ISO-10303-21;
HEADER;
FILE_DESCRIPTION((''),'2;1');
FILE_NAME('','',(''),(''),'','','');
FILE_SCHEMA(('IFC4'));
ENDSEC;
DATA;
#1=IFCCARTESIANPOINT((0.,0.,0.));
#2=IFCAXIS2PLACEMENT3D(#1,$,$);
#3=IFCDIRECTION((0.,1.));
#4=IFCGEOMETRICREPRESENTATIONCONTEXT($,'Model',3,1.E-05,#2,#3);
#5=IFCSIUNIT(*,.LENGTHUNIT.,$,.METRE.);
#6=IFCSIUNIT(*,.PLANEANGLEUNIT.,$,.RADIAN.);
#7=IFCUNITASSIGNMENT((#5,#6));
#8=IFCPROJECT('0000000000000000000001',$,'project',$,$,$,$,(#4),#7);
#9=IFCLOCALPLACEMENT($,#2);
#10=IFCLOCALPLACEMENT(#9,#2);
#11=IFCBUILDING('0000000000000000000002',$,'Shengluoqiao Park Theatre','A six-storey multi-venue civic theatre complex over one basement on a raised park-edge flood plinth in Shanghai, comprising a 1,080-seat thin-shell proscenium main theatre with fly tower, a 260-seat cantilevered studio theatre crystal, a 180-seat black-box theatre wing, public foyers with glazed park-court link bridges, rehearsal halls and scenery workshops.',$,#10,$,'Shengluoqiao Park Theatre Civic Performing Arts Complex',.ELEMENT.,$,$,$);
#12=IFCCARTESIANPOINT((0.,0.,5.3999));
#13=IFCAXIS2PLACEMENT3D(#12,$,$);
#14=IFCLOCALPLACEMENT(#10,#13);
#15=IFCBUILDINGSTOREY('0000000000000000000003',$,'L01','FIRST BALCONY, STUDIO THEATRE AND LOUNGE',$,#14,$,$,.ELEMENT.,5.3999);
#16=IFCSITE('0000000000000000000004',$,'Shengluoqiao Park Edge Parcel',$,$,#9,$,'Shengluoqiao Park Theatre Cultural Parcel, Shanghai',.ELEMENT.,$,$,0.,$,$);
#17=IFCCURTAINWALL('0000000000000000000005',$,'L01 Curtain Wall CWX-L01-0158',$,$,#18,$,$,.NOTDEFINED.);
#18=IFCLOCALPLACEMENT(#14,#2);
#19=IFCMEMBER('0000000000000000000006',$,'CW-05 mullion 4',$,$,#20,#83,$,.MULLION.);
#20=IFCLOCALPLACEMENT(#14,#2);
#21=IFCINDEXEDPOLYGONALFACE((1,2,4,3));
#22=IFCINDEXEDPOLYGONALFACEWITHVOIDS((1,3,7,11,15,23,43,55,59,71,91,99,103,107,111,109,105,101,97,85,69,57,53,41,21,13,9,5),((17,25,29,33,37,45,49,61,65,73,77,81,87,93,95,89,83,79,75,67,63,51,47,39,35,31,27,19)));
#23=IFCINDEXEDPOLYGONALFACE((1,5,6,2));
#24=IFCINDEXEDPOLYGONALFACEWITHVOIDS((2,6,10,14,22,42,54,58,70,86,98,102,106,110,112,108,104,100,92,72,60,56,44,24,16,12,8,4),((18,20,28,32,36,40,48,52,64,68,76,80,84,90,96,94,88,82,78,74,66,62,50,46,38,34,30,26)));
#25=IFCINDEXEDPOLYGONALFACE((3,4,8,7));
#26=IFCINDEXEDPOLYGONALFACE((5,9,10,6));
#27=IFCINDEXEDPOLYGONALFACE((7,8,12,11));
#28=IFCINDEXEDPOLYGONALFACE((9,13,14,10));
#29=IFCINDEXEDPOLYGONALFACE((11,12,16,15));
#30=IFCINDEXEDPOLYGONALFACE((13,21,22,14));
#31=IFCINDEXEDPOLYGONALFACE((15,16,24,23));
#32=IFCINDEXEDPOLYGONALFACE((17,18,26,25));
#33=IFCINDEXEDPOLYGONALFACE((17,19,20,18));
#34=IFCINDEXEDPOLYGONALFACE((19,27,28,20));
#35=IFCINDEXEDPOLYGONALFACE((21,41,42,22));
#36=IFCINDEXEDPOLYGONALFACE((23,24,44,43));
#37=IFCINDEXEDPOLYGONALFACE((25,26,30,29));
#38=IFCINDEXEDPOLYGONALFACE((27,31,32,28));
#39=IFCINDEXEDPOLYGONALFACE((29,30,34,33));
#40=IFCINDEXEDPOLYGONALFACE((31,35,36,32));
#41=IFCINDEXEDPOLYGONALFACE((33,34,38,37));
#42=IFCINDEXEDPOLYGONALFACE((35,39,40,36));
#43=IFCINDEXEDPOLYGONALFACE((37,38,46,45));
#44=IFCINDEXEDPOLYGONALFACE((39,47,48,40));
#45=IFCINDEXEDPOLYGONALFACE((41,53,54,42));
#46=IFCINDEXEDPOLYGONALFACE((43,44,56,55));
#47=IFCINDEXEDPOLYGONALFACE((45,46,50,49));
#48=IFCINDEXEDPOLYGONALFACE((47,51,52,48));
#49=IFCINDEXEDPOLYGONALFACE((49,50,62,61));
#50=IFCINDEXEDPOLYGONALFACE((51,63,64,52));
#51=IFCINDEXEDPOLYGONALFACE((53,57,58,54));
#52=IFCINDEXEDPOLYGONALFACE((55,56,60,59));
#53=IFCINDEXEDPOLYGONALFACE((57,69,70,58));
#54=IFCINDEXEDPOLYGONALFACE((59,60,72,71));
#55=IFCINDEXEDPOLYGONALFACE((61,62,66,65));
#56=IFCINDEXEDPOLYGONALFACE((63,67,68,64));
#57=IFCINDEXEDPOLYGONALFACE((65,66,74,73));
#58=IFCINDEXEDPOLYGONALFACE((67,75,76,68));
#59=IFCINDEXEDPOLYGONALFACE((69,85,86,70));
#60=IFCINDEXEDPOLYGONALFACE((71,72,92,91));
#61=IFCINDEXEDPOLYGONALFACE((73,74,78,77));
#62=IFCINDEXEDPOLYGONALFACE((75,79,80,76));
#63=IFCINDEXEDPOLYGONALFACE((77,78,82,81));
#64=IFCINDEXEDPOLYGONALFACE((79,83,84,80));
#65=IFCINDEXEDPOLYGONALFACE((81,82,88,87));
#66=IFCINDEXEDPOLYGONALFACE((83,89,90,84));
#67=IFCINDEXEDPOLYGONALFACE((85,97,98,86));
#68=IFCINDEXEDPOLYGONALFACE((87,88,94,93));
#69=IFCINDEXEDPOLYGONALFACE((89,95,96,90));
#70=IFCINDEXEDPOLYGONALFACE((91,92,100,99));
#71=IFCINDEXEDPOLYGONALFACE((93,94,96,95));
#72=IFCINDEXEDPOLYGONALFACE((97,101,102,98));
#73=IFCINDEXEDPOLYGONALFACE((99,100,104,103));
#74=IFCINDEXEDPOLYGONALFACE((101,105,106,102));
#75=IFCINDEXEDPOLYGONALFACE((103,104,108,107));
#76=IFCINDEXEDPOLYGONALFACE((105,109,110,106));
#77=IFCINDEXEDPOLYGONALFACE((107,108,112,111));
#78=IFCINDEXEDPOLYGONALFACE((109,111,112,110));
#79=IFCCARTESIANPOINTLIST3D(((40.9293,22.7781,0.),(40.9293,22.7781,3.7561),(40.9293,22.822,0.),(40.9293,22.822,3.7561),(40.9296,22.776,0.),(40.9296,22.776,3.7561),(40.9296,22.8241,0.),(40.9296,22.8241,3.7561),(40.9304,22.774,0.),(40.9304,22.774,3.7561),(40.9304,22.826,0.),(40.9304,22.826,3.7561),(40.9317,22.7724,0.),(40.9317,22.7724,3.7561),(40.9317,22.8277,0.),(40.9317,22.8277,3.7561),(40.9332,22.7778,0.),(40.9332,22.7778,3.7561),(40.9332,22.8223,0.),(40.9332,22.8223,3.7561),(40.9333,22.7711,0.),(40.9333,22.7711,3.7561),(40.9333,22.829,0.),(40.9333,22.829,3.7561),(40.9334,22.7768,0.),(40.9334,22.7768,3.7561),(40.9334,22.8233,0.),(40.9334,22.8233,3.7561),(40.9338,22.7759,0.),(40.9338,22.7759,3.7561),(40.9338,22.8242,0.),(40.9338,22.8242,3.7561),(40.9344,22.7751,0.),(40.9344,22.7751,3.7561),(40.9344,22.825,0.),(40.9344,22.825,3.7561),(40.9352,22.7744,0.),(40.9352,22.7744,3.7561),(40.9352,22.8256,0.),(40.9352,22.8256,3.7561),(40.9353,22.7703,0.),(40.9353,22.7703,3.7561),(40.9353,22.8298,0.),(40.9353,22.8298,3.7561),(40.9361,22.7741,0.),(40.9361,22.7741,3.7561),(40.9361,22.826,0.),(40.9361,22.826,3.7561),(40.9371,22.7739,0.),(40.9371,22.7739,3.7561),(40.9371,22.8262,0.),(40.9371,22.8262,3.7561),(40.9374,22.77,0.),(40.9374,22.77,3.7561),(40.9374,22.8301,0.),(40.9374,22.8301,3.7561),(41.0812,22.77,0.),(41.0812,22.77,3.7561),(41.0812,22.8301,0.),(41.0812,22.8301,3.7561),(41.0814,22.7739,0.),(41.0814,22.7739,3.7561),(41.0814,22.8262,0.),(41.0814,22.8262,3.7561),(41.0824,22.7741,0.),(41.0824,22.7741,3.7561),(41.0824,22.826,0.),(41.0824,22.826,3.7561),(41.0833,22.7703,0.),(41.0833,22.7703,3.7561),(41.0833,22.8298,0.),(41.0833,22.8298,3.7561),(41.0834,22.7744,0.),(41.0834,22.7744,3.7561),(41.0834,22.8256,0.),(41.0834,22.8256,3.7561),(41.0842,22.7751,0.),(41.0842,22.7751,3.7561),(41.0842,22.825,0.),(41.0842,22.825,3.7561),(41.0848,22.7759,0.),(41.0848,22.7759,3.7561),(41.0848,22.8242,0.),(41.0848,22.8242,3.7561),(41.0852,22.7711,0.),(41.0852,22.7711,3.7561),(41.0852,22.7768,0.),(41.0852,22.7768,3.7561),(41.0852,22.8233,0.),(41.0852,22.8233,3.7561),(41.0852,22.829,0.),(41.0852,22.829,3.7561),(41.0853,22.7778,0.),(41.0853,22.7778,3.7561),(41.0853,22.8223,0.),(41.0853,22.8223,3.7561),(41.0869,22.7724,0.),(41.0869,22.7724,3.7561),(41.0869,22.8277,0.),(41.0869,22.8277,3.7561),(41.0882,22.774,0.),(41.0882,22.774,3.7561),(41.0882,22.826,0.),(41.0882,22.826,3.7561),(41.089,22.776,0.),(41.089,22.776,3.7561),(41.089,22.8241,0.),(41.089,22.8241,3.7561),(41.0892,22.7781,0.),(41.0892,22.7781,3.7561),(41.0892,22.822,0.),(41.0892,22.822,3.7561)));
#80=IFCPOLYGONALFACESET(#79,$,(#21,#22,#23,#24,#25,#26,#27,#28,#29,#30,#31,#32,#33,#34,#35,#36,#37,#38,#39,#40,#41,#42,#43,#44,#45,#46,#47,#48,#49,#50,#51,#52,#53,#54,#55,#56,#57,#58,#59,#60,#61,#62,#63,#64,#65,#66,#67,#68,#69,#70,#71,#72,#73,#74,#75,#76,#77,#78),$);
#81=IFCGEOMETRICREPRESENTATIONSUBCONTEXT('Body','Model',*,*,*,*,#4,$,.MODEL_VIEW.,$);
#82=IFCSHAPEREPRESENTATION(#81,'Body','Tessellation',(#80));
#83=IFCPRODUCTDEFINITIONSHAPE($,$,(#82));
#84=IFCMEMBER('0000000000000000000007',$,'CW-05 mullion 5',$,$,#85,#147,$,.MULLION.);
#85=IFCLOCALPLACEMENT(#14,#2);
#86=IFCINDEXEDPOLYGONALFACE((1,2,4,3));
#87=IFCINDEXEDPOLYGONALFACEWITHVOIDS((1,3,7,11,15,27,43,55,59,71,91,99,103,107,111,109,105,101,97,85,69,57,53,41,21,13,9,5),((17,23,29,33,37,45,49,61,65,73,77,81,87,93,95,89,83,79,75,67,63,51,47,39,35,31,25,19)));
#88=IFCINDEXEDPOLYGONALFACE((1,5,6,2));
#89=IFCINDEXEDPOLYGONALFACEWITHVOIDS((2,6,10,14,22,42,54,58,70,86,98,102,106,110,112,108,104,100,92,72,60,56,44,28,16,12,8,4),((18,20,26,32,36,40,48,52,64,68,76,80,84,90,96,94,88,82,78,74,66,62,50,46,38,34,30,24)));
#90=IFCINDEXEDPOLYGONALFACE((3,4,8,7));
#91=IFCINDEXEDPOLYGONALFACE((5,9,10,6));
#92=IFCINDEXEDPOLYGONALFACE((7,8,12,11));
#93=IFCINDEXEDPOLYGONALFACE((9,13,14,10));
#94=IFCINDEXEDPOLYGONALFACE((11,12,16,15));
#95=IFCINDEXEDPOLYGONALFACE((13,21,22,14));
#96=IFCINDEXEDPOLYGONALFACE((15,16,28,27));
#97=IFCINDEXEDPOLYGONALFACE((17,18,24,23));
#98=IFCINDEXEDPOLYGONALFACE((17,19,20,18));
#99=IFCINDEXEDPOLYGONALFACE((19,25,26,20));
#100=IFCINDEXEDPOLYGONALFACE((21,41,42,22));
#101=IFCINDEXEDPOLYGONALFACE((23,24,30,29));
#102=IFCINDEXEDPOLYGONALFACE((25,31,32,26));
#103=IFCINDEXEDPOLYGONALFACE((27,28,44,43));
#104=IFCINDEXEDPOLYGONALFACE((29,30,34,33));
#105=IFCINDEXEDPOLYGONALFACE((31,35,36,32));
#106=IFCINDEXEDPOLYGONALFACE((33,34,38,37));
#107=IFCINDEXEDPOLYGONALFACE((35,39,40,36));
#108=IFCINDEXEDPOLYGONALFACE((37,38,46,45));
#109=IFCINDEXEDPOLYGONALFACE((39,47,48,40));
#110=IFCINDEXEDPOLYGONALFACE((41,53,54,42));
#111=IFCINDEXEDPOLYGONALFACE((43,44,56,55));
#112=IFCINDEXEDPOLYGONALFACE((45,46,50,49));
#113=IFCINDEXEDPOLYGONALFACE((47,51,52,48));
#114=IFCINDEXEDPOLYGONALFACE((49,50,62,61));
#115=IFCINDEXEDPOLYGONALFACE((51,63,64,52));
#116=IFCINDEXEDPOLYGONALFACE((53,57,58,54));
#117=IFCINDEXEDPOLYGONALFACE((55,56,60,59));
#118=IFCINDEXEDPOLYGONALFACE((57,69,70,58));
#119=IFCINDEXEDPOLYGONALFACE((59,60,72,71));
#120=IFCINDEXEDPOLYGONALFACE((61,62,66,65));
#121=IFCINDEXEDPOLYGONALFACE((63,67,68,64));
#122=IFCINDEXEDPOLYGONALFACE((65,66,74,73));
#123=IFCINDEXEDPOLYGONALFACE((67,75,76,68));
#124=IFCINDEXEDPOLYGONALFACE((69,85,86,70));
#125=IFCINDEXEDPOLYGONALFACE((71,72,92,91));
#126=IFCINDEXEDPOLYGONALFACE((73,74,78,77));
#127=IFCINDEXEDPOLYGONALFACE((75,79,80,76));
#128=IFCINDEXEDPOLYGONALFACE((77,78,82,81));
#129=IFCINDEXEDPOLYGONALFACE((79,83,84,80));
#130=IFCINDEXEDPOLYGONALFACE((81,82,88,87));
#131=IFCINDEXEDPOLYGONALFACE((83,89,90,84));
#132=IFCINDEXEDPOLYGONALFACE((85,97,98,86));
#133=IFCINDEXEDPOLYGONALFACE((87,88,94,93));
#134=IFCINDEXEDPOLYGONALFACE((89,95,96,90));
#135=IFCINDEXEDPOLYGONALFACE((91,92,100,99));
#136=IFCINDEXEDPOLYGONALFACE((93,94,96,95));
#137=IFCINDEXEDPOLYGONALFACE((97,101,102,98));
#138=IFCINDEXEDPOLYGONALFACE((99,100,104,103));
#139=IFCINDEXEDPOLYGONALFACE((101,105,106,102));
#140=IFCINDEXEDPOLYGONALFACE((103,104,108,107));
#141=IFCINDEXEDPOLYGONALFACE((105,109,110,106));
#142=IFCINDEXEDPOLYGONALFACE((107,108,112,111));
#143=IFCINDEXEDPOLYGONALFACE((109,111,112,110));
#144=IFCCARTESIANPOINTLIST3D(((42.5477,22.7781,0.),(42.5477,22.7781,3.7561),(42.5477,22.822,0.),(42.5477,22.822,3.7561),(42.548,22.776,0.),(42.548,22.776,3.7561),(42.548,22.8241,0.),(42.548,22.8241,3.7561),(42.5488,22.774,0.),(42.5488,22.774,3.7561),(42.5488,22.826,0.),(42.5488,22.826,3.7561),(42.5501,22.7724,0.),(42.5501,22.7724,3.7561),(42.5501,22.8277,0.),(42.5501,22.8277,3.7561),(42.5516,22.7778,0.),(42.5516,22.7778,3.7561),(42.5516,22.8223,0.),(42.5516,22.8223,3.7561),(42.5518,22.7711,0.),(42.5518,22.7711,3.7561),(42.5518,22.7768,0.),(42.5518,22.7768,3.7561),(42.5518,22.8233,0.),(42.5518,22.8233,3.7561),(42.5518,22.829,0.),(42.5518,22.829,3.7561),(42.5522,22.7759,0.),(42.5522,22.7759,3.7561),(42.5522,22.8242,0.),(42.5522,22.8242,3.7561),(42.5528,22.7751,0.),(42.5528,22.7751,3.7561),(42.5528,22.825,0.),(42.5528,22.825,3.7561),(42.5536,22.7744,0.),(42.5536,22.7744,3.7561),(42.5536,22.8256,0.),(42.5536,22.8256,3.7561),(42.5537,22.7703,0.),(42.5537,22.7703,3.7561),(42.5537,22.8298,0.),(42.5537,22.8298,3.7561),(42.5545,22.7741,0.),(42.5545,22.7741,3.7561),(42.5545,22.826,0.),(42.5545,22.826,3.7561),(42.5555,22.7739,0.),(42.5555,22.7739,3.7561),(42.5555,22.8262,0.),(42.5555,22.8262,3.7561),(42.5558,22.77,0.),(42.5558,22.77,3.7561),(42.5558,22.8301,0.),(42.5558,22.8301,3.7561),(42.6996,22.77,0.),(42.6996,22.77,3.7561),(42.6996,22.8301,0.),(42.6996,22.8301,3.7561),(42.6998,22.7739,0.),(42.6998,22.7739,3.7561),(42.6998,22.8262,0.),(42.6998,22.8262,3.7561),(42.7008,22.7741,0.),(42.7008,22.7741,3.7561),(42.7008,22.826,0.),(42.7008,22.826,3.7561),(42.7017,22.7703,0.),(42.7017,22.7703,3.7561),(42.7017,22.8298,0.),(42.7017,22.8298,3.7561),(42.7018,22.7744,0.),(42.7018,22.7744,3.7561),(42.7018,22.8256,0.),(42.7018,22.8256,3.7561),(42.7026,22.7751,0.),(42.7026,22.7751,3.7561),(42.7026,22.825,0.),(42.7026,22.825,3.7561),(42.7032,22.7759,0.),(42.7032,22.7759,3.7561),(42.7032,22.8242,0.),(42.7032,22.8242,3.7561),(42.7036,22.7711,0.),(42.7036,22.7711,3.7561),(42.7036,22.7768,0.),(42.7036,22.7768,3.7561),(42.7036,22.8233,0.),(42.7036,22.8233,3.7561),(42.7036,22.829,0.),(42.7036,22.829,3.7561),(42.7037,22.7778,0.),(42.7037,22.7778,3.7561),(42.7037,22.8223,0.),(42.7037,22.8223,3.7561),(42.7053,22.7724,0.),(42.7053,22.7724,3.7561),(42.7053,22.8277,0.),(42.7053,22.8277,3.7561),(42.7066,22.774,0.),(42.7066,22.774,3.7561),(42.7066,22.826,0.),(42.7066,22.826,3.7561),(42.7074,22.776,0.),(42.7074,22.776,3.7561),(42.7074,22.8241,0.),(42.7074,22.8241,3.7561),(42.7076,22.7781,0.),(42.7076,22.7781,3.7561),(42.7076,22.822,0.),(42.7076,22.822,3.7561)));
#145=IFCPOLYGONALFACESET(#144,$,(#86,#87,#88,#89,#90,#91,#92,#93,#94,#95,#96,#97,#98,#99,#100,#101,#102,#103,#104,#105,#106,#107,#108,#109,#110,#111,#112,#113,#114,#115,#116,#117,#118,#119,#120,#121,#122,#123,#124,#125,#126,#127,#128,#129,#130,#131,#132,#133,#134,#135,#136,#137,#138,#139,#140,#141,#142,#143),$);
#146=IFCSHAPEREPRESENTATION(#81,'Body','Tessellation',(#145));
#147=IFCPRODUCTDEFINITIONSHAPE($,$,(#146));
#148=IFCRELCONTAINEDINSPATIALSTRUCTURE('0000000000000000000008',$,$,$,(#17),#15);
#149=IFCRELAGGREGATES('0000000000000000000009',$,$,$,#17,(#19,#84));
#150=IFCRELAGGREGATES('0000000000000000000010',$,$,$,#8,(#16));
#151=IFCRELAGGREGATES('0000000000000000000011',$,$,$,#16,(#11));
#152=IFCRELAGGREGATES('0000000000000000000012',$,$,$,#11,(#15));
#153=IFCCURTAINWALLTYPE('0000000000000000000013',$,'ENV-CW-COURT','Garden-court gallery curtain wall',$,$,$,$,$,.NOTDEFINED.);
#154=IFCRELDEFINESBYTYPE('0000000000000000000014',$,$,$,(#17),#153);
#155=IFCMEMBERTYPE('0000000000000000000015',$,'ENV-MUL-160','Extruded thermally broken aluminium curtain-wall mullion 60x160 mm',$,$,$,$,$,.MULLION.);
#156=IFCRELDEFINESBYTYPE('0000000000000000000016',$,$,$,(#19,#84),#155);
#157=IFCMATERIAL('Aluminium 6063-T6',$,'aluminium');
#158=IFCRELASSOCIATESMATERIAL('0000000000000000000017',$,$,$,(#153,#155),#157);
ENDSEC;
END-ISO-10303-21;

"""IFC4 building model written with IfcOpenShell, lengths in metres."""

from ifc_helpers import new_model, si_unit, direction, frame, origin, origin_2d, place, context, subcontext, project, spatial, hollow_rectangle, extrude, material, material_profile, profile_set, type_object, element, aggregate, save


model = new_model("IFC4")

# Units and contexts
model_context = context("Model", 3, precision=1e-05, world=origin(), true_north=direction((0.0, 1.0)))
body_context = subcontext(model_context, "Body", "Model", "MODEL_VIEW")
ifc_project = project(units=[si_unit("LENGTHUNIT", "METRE"), si_unit("PLANEANGLEUNIT", "RADIAN")], contexts=[model_context])

# Site, building, storey
site_placement = place(None, origin())
site = spatial("IfcSite", under=ifc_project, at=site_placement, Name="Shengluoqiao Park Edge Parcel", LongName="Shengluoqiao Park Theatre Cultural Parcel, Shanghai", CompositionType="ELEMENT", RefElevation=0.0)
building_placement = place(site_placement, origin())
building = spatial("IfcBuilding", under=site, at=building_placement, Name="Shengluoqiao Park Theatre", Description="A six-storey multi-venue civic theatre complex over one basement on a raised park-edge flood plinth in Shanghai, comprising a 1,080-seat thin-shell proscenium main theatre with fly tower, a 260-seat cantilevered studio theatre crystal, a 180-seat black-box theatre wing, public foyers with glazed park-court link bridges, rehearsal halls and scenery workshops.", LongName="Shengluoqiao Park Theatre Civic Performing Arts Complex", CompositionType="ELEMENT")
storey_placement = place(building_placement, frame((0.0, 0.0, 5.3999)))
storey = spatial("IfcBuildingStorey", under=building, at=storey_placement, Name="L01", Description="FIRST BALCONY, STUDIO THEATRE AND LOUNGE", CompositionType="ELEMENT", Elevation=5.3999)

# Curtain wall, members
ifc_material_1 = material(Name="Aluminium 6063-T6", Category="aluminium")
curtain_wall_type = type_object("IfcCurtainWallType", Name="ENV-CW-COURT", Description="Garden-court gallery curtain wall", PredefinedType="NOTDEFINED", material=ifc_material_1)
ifc_material_profile_1 = material_profile(ifc_material_1, hollow_rectangle(XDim=0.0601, YDim=0.1599, WallThickness=0.0039, InnerFilletRadius=0.0039, OuterFilletRadius=0.0081, at=origin_2d()), Name="ALU MULLION 160x60x4")
ifc_profile_set_1 = profile_set([ifc_material_profile_1], Name="Aluminium 6063-T6")
member_type_1 = type_object("IfcMemberType", Name="ENV-MUL-160", Description="Extruded thermally broken aluminium curtain-wall mullion 60x160 mm", PredefinedType="MULLION", material=ifc_profile_set_1)
curtain_wall_1_placement = place(storey_placement, origin())
curtain_wall_1 = element("IfcCurtainWall", 1, at=curtain_wall_1_placement, inside=storey, type_object=curtain_wall_type, Name="L01 Curtain Wall CWX-L01-0158", PredefinedType="NOTDEFINED")
member_1_placement = place(storey_placement, frame((41.0093, 22.8, 0.0), z_axis=(0.0, 0.0, 1.0), x_axis=(0.0, 1.0, 0.0)))
member_1 = element("IfcMember", 2, at=member_1_placement, type_object=member_type_1, Name="CW-05 mullion 4", PredefinedType="MULLION", context=body_context, shape_type="SweptSolid", body=[
    extrude(hollow_rectangle(XDim=0.0601, YDim=0.1599, WallThickness=0.0039, InnerFilletRadius=0.0039, OuterFilletRadius=0.0081, at=origin_2d()), origin(), (0.0, 0.0, 1.0), 3.7561),
])
member_2_placement = place(storey_placement, frame((42.6277, 22.8, 0.0), z_axis=(0.0, 0.0, 1.0), x_axis=(0.0, 1.0, 0.0)))
member_2 = element("IfcMember", 3, at=member_2_placement, type_object=member_type_1, Name="CW-05 mullion 5", PredefinedType="MULLION", context=body_context, shape_type="SweptSolid", body=[
    extrude(hollow_rectangle(XDim=0.0601, YDim=0.1599, WallThickness=0.0039, InnerFilletRadius=0.0039, OuterFilletRadius=0.0081, at=origin_2d()), origin(), (0.0, 0.0, 1.0), 3.7561),
])

aggregate(curtain_wall_1, [member_1, member_2])

save(model, "model.ifc")
